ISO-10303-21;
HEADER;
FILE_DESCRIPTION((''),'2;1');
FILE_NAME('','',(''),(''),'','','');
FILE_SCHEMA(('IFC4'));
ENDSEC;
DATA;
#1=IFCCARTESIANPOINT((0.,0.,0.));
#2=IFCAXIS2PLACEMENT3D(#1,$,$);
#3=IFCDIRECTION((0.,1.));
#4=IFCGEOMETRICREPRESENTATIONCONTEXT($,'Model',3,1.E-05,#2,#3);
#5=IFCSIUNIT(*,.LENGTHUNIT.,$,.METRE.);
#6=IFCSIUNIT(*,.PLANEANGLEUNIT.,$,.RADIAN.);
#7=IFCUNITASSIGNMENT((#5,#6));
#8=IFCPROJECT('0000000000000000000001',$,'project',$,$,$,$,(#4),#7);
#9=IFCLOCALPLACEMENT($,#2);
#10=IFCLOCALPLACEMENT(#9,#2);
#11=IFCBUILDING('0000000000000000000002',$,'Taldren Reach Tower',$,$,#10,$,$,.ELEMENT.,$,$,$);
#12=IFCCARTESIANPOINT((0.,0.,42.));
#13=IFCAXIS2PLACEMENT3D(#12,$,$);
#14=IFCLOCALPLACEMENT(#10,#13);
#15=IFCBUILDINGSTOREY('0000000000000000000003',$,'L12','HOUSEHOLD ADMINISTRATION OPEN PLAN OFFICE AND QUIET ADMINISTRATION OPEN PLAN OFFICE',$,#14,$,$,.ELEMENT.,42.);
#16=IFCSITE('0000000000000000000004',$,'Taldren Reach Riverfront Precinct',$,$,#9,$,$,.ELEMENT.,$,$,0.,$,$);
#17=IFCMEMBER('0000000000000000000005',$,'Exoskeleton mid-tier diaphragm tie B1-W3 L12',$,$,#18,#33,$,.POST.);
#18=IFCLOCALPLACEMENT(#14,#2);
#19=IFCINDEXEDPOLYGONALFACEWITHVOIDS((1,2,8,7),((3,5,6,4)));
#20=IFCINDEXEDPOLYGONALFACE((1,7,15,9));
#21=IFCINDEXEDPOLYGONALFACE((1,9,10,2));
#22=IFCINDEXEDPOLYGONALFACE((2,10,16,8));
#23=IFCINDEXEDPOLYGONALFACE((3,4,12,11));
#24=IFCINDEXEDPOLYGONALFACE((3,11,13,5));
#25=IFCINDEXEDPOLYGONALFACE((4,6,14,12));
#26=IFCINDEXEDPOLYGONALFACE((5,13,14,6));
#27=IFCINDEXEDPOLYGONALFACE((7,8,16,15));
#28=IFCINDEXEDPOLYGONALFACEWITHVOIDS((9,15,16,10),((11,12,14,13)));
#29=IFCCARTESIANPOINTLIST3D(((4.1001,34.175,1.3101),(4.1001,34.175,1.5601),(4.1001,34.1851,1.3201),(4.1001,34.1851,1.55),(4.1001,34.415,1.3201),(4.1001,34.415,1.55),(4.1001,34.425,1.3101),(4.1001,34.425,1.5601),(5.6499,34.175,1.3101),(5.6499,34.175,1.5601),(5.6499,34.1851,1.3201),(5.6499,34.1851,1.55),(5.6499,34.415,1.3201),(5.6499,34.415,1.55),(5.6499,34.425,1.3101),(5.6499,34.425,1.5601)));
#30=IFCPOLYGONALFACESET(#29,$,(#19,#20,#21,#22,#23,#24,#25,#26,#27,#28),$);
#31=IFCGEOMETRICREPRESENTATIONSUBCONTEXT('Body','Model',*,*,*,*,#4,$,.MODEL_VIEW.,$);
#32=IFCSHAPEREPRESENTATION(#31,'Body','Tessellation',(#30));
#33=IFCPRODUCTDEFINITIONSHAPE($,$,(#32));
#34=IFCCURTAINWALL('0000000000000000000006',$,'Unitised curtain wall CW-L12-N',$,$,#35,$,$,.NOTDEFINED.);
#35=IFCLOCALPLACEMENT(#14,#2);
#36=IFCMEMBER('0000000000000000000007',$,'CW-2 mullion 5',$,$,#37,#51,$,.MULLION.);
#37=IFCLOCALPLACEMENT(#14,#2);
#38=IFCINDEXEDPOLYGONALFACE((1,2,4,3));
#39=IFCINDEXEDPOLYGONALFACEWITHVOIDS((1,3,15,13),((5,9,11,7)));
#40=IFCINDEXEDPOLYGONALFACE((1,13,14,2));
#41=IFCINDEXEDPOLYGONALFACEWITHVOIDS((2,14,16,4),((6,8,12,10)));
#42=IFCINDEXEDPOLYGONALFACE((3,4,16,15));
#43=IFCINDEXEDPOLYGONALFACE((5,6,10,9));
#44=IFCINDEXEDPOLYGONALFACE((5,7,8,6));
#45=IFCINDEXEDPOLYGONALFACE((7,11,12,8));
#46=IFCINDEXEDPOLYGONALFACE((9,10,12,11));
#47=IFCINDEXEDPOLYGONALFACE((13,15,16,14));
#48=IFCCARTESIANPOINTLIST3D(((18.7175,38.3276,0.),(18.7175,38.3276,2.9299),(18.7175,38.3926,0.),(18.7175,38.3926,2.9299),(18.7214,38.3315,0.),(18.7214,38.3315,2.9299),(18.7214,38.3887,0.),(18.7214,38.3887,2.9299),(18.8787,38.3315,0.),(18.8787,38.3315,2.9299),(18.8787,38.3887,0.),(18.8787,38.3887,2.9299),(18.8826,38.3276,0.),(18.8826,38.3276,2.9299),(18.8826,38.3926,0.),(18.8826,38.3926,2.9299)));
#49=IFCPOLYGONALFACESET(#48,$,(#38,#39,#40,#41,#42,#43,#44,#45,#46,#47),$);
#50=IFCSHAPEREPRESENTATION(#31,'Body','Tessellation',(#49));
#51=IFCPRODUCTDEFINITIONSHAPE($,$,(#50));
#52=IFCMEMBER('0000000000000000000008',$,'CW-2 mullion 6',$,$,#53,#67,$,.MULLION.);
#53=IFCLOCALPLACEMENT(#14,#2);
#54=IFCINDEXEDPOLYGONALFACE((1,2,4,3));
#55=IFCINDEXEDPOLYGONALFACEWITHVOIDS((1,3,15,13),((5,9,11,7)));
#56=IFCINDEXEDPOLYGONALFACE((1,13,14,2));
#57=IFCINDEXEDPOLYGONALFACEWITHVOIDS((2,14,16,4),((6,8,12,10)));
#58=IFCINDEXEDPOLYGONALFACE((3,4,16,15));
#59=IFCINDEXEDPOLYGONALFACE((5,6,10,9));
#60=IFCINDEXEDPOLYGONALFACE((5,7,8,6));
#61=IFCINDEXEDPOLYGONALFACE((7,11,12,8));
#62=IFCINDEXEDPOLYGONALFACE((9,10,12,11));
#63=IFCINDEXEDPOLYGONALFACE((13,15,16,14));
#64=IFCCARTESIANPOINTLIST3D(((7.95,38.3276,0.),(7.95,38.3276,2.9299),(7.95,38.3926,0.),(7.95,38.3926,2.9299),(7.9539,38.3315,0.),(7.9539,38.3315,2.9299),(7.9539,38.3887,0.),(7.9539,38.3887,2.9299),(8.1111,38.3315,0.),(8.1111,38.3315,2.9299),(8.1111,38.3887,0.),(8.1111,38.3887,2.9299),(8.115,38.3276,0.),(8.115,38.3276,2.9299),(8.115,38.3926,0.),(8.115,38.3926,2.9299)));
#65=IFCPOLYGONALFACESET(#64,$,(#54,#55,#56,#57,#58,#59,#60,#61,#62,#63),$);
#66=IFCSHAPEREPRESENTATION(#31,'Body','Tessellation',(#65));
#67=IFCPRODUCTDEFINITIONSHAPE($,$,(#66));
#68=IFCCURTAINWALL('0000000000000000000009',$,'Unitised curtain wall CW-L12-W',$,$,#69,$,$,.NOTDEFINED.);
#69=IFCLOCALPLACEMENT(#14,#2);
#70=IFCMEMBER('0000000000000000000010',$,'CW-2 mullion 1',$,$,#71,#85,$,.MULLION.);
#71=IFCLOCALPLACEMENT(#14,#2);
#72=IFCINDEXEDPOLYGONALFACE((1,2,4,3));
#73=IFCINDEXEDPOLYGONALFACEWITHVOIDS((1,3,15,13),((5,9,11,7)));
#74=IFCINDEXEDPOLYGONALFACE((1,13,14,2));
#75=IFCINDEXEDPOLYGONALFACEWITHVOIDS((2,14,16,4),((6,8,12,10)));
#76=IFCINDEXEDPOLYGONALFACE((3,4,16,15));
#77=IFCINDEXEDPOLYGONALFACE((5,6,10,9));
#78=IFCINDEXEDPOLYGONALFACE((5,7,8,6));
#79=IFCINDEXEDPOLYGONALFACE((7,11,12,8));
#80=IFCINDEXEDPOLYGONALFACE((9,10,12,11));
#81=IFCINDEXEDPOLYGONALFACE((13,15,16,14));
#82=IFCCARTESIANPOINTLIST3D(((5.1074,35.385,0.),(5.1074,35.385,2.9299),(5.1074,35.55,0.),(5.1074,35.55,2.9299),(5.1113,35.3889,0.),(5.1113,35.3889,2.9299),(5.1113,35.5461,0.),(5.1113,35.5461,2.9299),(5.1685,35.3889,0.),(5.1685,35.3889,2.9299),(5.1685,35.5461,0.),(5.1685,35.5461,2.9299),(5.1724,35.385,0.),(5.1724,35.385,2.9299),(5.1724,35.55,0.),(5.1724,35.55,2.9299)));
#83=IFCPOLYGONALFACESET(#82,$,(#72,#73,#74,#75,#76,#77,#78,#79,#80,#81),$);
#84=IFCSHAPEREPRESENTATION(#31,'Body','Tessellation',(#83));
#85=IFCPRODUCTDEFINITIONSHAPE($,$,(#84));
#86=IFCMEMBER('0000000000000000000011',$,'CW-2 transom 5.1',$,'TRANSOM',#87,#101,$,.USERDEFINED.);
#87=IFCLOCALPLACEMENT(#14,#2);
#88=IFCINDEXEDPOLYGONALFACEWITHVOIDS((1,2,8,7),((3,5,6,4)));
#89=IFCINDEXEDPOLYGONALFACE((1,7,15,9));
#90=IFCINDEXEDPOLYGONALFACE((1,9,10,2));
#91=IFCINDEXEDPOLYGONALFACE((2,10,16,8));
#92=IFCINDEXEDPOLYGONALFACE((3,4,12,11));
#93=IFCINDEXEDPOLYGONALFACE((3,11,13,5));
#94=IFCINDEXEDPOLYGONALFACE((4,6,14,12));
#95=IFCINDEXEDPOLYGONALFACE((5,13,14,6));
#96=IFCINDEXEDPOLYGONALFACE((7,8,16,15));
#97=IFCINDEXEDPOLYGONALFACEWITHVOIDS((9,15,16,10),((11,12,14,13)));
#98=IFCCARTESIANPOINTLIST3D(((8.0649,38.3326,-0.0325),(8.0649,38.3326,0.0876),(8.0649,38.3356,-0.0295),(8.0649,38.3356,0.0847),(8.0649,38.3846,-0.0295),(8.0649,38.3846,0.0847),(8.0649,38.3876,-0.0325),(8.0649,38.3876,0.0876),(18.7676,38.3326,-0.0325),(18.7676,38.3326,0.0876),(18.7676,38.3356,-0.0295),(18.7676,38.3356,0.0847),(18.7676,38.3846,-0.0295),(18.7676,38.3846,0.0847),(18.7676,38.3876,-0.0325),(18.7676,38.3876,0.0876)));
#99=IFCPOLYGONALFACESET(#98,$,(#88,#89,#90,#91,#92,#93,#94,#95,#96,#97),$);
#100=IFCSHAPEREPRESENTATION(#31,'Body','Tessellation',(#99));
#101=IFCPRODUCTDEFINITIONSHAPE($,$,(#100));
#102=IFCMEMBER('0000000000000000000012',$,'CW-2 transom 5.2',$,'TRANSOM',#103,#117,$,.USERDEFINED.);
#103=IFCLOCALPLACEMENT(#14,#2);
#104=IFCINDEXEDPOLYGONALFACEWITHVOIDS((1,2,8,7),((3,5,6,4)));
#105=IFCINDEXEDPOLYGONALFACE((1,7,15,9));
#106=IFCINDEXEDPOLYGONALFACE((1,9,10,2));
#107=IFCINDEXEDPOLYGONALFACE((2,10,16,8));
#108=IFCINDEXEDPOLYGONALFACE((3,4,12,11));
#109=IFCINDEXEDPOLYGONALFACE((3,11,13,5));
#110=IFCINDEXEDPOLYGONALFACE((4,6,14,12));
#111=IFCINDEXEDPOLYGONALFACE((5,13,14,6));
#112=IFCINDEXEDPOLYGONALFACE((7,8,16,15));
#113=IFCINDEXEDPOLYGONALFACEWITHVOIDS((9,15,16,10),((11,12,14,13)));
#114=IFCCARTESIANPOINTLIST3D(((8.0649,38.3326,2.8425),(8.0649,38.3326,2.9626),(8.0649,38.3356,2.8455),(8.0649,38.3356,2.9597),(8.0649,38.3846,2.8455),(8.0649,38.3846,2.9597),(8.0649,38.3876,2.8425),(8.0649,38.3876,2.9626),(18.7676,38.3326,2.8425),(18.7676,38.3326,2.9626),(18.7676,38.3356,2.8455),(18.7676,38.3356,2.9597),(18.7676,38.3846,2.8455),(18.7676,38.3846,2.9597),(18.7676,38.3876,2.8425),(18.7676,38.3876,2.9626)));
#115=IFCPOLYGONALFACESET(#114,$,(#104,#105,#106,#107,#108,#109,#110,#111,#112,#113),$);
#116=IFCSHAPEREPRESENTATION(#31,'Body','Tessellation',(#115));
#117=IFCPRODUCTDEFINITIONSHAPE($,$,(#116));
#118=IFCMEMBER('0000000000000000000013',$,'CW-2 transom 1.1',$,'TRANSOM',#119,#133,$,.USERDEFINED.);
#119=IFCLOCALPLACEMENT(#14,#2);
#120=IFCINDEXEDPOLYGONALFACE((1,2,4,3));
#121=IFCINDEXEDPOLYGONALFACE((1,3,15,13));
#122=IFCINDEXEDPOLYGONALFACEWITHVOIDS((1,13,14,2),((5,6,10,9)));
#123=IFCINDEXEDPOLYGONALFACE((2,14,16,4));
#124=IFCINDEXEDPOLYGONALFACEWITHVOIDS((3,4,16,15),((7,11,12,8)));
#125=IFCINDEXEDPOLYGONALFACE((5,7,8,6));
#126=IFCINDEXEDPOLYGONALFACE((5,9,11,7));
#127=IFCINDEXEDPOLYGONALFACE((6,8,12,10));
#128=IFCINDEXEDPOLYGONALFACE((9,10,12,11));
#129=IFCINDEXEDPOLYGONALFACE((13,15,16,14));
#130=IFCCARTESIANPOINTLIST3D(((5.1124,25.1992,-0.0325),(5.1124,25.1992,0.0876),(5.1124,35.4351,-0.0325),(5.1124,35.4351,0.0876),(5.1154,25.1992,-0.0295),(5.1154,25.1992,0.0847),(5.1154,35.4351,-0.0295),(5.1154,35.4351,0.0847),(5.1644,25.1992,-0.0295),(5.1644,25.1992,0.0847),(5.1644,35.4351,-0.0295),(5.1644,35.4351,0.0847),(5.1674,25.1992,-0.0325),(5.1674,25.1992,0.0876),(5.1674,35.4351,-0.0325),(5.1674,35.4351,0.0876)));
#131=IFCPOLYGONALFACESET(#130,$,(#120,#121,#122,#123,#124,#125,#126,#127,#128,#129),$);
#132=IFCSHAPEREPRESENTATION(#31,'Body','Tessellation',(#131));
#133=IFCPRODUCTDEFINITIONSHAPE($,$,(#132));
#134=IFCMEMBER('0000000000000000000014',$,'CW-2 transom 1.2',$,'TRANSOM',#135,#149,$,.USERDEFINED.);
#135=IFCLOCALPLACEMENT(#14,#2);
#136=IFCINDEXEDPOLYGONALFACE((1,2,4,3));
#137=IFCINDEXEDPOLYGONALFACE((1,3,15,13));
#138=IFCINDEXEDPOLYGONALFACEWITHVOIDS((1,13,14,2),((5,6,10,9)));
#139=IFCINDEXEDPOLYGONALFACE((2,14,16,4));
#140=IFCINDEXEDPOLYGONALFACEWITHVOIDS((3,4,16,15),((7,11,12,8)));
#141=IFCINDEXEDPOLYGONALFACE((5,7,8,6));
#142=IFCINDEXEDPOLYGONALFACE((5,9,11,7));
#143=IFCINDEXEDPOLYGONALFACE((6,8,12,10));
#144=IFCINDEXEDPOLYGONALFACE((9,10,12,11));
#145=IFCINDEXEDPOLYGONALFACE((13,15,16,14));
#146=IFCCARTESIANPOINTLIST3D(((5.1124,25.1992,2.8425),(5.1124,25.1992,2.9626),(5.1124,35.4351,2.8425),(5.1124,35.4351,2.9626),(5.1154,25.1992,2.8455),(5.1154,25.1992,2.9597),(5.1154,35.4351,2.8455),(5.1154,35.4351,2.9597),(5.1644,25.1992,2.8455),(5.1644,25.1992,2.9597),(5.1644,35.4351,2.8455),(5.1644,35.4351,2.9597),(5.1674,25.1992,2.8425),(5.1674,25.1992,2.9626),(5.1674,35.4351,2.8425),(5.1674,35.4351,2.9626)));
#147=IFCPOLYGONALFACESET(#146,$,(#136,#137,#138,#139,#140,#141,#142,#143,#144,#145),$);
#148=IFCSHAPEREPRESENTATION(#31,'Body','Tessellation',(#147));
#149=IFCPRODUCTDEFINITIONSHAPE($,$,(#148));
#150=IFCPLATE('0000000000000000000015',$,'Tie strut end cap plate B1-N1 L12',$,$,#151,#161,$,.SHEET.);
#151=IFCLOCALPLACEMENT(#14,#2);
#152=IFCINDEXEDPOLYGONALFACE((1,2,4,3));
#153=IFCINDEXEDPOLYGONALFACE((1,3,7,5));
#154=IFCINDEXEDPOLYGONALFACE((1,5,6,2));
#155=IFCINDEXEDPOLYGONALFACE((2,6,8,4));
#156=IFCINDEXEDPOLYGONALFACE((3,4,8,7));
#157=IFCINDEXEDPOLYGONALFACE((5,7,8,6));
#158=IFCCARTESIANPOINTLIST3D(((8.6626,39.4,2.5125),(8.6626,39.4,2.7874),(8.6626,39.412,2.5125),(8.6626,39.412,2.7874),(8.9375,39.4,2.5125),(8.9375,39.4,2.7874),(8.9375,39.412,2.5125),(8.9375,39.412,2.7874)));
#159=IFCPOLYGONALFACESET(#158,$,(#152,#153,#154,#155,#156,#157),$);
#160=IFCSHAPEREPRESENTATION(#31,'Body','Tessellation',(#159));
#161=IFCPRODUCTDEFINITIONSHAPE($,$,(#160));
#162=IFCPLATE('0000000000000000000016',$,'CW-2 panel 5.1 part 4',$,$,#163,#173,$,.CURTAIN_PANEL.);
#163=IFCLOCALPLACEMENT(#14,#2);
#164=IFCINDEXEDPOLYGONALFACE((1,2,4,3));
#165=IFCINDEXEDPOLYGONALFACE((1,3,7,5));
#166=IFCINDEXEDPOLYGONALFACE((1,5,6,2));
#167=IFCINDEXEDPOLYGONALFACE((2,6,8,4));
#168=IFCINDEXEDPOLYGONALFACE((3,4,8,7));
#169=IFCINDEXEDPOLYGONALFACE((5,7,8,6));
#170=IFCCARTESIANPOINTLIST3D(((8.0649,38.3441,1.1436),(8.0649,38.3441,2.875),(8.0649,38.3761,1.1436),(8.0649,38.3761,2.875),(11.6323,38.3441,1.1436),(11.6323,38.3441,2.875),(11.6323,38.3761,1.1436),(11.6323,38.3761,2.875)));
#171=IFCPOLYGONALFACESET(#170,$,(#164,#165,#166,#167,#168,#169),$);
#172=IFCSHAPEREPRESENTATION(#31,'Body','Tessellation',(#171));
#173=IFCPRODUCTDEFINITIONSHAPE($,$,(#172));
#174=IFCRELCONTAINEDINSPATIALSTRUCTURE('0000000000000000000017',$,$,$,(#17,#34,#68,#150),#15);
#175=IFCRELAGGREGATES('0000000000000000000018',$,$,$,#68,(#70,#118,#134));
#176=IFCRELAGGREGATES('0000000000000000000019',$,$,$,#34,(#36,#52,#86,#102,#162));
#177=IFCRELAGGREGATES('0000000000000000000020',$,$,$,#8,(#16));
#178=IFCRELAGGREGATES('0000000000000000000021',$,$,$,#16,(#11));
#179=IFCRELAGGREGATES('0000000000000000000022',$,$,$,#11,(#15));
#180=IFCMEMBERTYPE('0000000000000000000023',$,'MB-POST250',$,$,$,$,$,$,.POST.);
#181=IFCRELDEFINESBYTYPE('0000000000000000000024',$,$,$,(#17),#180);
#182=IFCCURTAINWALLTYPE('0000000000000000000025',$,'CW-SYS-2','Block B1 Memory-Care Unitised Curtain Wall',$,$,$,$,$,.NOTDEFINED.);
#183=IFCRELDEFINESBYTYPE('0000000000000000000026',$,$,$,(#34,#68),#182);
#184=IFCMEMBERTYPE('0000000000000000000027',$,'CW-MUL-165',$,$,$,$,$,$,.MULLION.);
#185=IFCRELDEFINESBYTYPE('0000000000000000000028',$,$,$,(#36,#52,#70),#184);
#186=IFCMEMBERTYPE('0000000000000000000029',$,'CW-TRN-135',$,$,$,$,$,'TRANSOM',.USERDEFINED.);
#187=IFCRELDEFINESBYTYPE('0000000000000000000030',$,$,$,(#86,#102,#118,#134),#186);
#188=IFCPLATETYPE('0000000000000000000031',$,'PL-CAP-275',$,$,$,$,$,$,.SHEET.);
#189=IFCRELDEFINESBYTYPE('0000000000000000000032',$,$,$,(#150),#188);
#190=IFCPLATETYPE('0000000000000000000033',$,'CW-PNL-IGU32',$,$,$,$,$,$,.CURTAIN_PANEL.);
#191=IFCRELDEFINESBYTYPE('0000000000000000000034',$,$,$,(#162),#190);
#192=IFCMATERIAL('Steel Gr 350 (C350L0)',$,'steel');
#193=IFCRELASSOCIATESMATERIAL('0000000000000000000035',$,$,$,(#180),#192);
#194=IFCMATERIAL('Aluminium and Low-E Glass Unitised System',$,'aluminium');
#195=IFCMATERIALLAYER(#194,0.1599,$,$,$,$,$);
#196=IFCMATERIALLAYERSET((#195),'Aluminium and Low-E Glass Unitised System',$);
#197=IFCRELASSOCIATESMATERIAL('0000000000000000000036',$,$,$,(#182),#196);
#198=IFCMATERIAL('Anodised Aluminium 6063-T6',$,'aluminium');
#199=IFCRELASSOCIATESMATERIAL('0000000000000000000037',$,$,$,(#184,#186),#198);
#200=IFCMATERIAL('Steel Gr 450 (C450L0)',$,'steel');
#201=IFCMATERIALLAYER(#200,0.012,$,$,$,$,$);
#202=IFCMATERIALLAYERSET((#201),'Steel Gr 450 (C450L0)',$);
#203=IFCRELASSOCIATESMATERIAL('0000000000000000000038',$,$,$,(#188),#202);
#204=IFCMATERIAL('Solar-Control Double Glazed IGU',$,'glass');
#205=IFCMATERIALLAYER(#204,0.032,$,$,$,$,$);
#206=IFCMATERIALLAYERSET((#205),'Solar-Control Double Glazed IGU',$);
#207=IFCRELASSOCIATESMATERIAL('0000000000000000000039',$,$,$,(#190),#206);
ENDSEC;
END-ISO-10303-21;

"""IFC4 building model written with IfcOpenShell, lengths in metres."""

from ifc_helpers import new_model, si_unit, direction, frame, origin, origin_2d, place, context, subcontext, project, spatial, rectangle, hollow_rectangle, extrude, source, transform, mapped, material, layer, layer_set, material_profile, profile_set, type_object, element, aggregate, save


model = new_model("IFC4")

# Units and contexts
model_context = context("Model", 3, precision=1e-05, world=origin(), true_north=direction((0.0, 1.0)))
body_context = subcontext(model_context, "Body", "Model", "MODEL_VIEW")
ifc_project = project(units=[si_unit("LENGTHUNIT", "METRE"), si_unit("PLANEANGLEUNIT", "RADIAN")], contexts=[model_context])

# Site, building, storey
site_placement = place(None, origin())
site = spatial("IfcSite", under=ifc_project, at=site_placement, Name="Taldren Reach Riverfront Precinct", CompositionType="ELEMENT", RefElevation=0.0)
building_placement = place(site_placement, origin())
building = spatial("IfcBuilding", under=site, at=building_placement, Name="Taldren Reach Tower", CompositionType="ELEMENT")
storey_placement = place(building_placement, frame((0.0, 0.0, 42.0)))
storey = spatial("IfcBuildingStorey", under=building, at=storey_placement, Name="L12", Description="HOUSEHOLD ADMINISTRATION OPEN PLAN OFFICE AND QUIET ADMINISTRATION OPEN PLAN OFFICE", CompositionType="ELEMENT", Elevation=42.0)

# Member
ifc_material_1 = material(Name="Steel Gr 450 (C450L0)", Category="steel")
ifc_material_2 = material(Name="Steel Gr 350 (C350L0)", Category="steel")
ifc_material_profile_1 = material_profile(ifc_material_2, hollow_rectangle(XDim=0.25, YDim=0.25, WallThickness=0.01, at=origin_2d()), Name="250x250x10.0SHS")
ifc_profile_set_1 = profile_set([ifc_material_profile_1], Name="Steel Gr 350 (C350L0)")
member_type_1 = type_object("IfcMemberType", Name="MB-POST250", PredefinedType="POST", material=ifc_profile_set_1)
shared_shape_1 = source(origin(), body_context, "Body", "SweptSolid", [
    extrude(hollow_rectangle(XDim=0.25, YDim=0.25, WallThickness=0.01, at=origin_2d()), origin(), (0.0, 0.0, 1.0), 1.5498),
])
for number, where, z_axis, x_axis, name in (
    (1, (5.6499, 34.3, 1.4351), (-1.0, 0.0, 0.0), (0.0, -1.0, 0.0), "Exoskeleton mid-tier diaphragm tie B1-W3 L12"),
):
    element("IfcMember", number, at=place(storey_placement, frame(where, z_axis=z_axis, x_axis=x_axis)), inside=storey, type_object=member_type_1, Name=name, PredefinedType="POST", context=body_context, shape_type="MappedRepresentation", body=[
        mapped(shared_shape_1, transform((0.0, 0.0, 0.0), scale=1.0)),
    ])

# Curtain wall, members
ifc_material_3 = material(Name="Aluminium and Low-E Glass Unitised System", Category="aluminium")
ifc_layer_1 = layer(ifc_material_3, 0.1599)
ifc_layer_set_1 = layer_set([ifc_layer_1], Name="Aluminium and Low-E Glass Unitised System")
curtain_wall_type = type_object("IfcCurtainWallType", Name="CW-SYS-2", Description="Block B1 Memory-Care Unitised Curtain Wall", PredefinedType="NOTDEFINED", material=ifc_layer_set_1)
curtain_wall_1_placement = place(storey_placement, origin())
curtain_wall_1 = element("IfcCurtainWall", 2, at=curtain_wall_1_placement, inside=storey, type_object=curtain_wall_type, Name="Unitised curtain wall CW-L12-N", PredefinedType="NOTDEFINED")
ifc_material_4 = material(Name="Anodised Aluminium 6063-T6", Category="aluminium")
ifc_material_profile_2 = material_profile(ifc_material_4, hollow_rectangle(XDim=0.0649, YDim=0.165, WallThickness=0.0039, at=origin_2d()), Name="ALU-165x65x4RHS")
ifc_profile_set_2 = profile_set([ifc_material_profile_2], Name="Anodised Aluminium 6063-T6")
member_type_2 = type_object("IfcMemberType", Name="CW-MUL-165", PredefinedType="MULLION", material=ifc_profile_set_2)
shared_shape_2 = source(origin(), body_context, "Body", "SweptSolid", [
    extrude(hollow_rectangle(XDim=0.0649, YDim=0.165, WallThickness=0.0039, at=origin_2d()), origin(), (0.0, 0.0, 1.0), 2.9299),
])
member_1_placement = place(storey_placement, frame((18.8, 38.3601, 0.0), z_axis=(0.0, 0.0, 1.0), x_axis=(0.0, -1.0, 0.0)))
member_1 = element("IfcMember", 3, at=member_1_placement, type_object=member_type_2, Name="CW-2 mullion 5", PredefinedType="MULLION", context=body_context, shape_type="MappedRepresentation", body=[
    mapped(shared_shape_2, transform((0.0, 0.0, 0.0), scale=1.0)),
])
member_2_placement = place(storey_placement, frame((8.0325, 38.3601, 0.0), z_axis=(0.0, 0.0, 1.0), x_axis=(0.0, -1.0, 0.0)))
member_2 = element("IfcMember", 4, at=member_2_placement, type_object=member_type_2, Name="CW-2 mullion 6", PredefinedType="MULLION", context=body_context, shape_type="MappedRepresentation", body=[
    mapped(shared_shape_2, transform((0.0, 0.0, 0.0), scale=1.0)),
])

# Curtain wall, member
curtain_wall_2_placement = place(storey_placement, origin())
curtain_wall_2 = element("IfcCurtainWall", 5, at=curtain_wall_2_placement, inside=storey, type_object=curtain_wall_type, Name="Unitised curtain wall CW-L12-W", PredefinedType="NOTDEFINED")
member_3_placement = place(storey_placement, frame((5.1399, 35.4675, 0.0), z_axis=(0.0, 0.0, 1.0), x_axis=(1.0, 0.0, 0.0)))
member_3 = element("IfcMember", 6, at=member_3_placement, type_object=member_type_2, Name="CW-2 mullion 1", PredefinedType="MULLION", context=body_context, shape_type="MappedRepresentation", body=[
    mapped(shared_shape_2, transform((0.0, 0.0, 0.0), scale=1.0)),
])

# Members
ifc_material_profile_3 = material_profile(ifc_material_4, hollow_rectangle(XDim=0.0549, YDim=0.1201, WallThickness=0.0029, at=origin_2d()), Name="ALU-120x55x3RHS")
ifc_profile_set_3 = profile_set([ifc_material_profile_3], Name="Anodised Aluminium 6063-T6")
member_type_3 = type_object("IfcMemberType", Name="CW-TRN-135", ElementType="TRANSOM", PredefinedType="USERDEFINED", material=ifc_profile_set_3)
shared_shape_3 = source(origin(), body_context, "Body", "SweptSolid", [
    extrude(hollow_rectangle(XDim=0.0549, YDim=0.1201, WallThickness=0.0029, at=origin_2d()), origin(), (0.0, 0.0, 1.0), 10.7026),
])
member_4_placement = place(storey_placement, frame((18.7676, 38.3601, 0.0276), z_axis=(-1.0, 0.0, 0.0), x_axis=(0.0, -1.0, 0.0)))
member_4 = element("IfcMember", 7, at=member_4_placement, type_object=member_type_3, Name="CW-2 transom 5.1", ObjectType="TRANSOM", PredefinedType="USERDEFINED", context=body_context, shape_type="MappedRepresentation", body=[
    mapped(shared_shape_3, transform((0.0, 0.0, 0.0), scale=1.0)),
])
member_5_placement = place(storey_placement, frame((18.7676, 38.3601, 2.9026), z_axis=(-1.0, 0.0, 0.0), x_axis=(0.0, -1.0, 0.0)))
member_5 = element("IfcMember", 8, at=member_5_placement, type_object=member_type_3, Name="CW-2 transom 5.2", ObjectType="TRANSOM", PredefinedType="USERDEFINED", context=body_context, shape_type="MappedRepresentation", body=[
    mapped(shared_shape_3, transform((0.0, 0.0, 0.0), scale=1.0)),
])
shared_shape_4 = source(origin(), body_context, "Body", "SweptSolid", [
    extrude(hollow_rectangle(XDim=0.0549, YDim=0.1201, WallThickness=0.0029, at=origin_2d()), origin(), (0.0, 0.0, 1.0), 10.2358),
])
member_6_placement = place(storey_placement, frame((5.1399, 35.4351, 0.0276), z_axis=(0.0, -1.0, 0.0), x_axis=(1.0, 0.0, 0.0)))
member_6 = element("IfcMember", 9, at=member_6_placement, type_object=member_type_3, Name="CW-2 transom 1.1", ObjectType="TRANSOM", PredefinedType="USERDEFINED", context=body_context, shape_type="MappedRepresentation", body=[
    mapped(shared_shape_4, transform((0.0, 0.0, 0.0), scale=1.0)),
])
member_7_placement = place(storey_placement, frame((5.1399, 35.4351, 2.9026), z_axis=(0.0, -1.0, 0.0), x_axis=(1.0, 0.0, 0.0)))
member_7 = element("IfcMember", 10, at=member_7_placement, type_object=member_type_3, Name="CW-2 transom 1.2", ObjectType="TRANSOM", PredefinedType="USERDEFINED", context=body_context, shape_type="MappedRepresentation", body=[
    mapped(shared_shape_4, transform((0.0, 0.0, 0.0), scale=1.0)),
])
aggregate(curtain_wall_2, [member_3, member_6, member_7])

# Plates
ifc_layer_2 = layer(ifc_material_1, 0.012)
ifc_layer_set_2 = layer_set([ifc_layer_2], Name="Steel Gr 450 (C450L0)")
plate_type_1 = type_object("IfcPlateType", Name="PL-CAP-275", PredefinedType="SHEET", material=ifc_layer_set_2)
shared_shape_5 = source(origin(), body_context, "Body", "SweptSolid", [
    extrude(rectangle(XDim=0.2749, YDim=0.012, at=origin_2d()), origin(), (0.0, 0.0, 1.0), 0.2749),
])
plate_1_placement = place(storey_placement, frame((8.8, 39.406, 2.5125), z_axis=(0.0, 0.0, 1.0), x_axis=(1.0, 0.0, 0.0)))
element("IfcPlate", 11, at=plate_1_placement, inside=storey, type_object=plate_type_1, Name="Tie strut end cap plate B1-N1 L12", PredefinedType="SHEET", context=body_context, shape_type="MappedRepresentation", body=[
    mapped(shared_shape_5, transform((0.0, 0.0, 0.0), scale=1.0)),
])
ifc_material_5 = material(Name="Solar-Control Double Glazed IGU", Category="glass")
ifc_layer_3 = layer(ifc_material_5, 0.032)
ifc_layer_set_3 = layer_set([ifc_layer_3], Name="Solar-Control Double Glazed IGU")
plate_type_2 = type_object("IfcPlateType", Name="CW-PNL-IGU32", PredefinedType="CURTAIN_PANEL", material=ifc_layer_set_3)
shared_shape_6 = source(origin(), body_context, "Body", "SweptSolid", [
    extrude(rectangle(XDim=3.5674, YDim=0.032, at=origin_2d()), origin(), (0.0, 0.0, 1.0), 1.7314),
])
plate_2_placement = place(storey_placement, frame((9.8486, 38.3601, 1.1436), z_axis=(0.0, 0.0, 1.0), x_axis=(-1.0, 0.0, 0.0)))
plate_2 = element("IfcPlate", 12, at=plate_2_placement, type_object=plate_type_2, Name="CW-2 panel 5.1 part 4", PredefinedType="CURTAIN_PANEL", context=body_context, shape_type="MappedRepresentation", body=[
    mapped(shared_shape_6, transform((0.0, 0.0, 0.0), scale=1.0)),
])
aggregate(curtain_wall_1, [member_1, member_2, member_4, member_5, plate_2])

save(model, "model.ifc")
